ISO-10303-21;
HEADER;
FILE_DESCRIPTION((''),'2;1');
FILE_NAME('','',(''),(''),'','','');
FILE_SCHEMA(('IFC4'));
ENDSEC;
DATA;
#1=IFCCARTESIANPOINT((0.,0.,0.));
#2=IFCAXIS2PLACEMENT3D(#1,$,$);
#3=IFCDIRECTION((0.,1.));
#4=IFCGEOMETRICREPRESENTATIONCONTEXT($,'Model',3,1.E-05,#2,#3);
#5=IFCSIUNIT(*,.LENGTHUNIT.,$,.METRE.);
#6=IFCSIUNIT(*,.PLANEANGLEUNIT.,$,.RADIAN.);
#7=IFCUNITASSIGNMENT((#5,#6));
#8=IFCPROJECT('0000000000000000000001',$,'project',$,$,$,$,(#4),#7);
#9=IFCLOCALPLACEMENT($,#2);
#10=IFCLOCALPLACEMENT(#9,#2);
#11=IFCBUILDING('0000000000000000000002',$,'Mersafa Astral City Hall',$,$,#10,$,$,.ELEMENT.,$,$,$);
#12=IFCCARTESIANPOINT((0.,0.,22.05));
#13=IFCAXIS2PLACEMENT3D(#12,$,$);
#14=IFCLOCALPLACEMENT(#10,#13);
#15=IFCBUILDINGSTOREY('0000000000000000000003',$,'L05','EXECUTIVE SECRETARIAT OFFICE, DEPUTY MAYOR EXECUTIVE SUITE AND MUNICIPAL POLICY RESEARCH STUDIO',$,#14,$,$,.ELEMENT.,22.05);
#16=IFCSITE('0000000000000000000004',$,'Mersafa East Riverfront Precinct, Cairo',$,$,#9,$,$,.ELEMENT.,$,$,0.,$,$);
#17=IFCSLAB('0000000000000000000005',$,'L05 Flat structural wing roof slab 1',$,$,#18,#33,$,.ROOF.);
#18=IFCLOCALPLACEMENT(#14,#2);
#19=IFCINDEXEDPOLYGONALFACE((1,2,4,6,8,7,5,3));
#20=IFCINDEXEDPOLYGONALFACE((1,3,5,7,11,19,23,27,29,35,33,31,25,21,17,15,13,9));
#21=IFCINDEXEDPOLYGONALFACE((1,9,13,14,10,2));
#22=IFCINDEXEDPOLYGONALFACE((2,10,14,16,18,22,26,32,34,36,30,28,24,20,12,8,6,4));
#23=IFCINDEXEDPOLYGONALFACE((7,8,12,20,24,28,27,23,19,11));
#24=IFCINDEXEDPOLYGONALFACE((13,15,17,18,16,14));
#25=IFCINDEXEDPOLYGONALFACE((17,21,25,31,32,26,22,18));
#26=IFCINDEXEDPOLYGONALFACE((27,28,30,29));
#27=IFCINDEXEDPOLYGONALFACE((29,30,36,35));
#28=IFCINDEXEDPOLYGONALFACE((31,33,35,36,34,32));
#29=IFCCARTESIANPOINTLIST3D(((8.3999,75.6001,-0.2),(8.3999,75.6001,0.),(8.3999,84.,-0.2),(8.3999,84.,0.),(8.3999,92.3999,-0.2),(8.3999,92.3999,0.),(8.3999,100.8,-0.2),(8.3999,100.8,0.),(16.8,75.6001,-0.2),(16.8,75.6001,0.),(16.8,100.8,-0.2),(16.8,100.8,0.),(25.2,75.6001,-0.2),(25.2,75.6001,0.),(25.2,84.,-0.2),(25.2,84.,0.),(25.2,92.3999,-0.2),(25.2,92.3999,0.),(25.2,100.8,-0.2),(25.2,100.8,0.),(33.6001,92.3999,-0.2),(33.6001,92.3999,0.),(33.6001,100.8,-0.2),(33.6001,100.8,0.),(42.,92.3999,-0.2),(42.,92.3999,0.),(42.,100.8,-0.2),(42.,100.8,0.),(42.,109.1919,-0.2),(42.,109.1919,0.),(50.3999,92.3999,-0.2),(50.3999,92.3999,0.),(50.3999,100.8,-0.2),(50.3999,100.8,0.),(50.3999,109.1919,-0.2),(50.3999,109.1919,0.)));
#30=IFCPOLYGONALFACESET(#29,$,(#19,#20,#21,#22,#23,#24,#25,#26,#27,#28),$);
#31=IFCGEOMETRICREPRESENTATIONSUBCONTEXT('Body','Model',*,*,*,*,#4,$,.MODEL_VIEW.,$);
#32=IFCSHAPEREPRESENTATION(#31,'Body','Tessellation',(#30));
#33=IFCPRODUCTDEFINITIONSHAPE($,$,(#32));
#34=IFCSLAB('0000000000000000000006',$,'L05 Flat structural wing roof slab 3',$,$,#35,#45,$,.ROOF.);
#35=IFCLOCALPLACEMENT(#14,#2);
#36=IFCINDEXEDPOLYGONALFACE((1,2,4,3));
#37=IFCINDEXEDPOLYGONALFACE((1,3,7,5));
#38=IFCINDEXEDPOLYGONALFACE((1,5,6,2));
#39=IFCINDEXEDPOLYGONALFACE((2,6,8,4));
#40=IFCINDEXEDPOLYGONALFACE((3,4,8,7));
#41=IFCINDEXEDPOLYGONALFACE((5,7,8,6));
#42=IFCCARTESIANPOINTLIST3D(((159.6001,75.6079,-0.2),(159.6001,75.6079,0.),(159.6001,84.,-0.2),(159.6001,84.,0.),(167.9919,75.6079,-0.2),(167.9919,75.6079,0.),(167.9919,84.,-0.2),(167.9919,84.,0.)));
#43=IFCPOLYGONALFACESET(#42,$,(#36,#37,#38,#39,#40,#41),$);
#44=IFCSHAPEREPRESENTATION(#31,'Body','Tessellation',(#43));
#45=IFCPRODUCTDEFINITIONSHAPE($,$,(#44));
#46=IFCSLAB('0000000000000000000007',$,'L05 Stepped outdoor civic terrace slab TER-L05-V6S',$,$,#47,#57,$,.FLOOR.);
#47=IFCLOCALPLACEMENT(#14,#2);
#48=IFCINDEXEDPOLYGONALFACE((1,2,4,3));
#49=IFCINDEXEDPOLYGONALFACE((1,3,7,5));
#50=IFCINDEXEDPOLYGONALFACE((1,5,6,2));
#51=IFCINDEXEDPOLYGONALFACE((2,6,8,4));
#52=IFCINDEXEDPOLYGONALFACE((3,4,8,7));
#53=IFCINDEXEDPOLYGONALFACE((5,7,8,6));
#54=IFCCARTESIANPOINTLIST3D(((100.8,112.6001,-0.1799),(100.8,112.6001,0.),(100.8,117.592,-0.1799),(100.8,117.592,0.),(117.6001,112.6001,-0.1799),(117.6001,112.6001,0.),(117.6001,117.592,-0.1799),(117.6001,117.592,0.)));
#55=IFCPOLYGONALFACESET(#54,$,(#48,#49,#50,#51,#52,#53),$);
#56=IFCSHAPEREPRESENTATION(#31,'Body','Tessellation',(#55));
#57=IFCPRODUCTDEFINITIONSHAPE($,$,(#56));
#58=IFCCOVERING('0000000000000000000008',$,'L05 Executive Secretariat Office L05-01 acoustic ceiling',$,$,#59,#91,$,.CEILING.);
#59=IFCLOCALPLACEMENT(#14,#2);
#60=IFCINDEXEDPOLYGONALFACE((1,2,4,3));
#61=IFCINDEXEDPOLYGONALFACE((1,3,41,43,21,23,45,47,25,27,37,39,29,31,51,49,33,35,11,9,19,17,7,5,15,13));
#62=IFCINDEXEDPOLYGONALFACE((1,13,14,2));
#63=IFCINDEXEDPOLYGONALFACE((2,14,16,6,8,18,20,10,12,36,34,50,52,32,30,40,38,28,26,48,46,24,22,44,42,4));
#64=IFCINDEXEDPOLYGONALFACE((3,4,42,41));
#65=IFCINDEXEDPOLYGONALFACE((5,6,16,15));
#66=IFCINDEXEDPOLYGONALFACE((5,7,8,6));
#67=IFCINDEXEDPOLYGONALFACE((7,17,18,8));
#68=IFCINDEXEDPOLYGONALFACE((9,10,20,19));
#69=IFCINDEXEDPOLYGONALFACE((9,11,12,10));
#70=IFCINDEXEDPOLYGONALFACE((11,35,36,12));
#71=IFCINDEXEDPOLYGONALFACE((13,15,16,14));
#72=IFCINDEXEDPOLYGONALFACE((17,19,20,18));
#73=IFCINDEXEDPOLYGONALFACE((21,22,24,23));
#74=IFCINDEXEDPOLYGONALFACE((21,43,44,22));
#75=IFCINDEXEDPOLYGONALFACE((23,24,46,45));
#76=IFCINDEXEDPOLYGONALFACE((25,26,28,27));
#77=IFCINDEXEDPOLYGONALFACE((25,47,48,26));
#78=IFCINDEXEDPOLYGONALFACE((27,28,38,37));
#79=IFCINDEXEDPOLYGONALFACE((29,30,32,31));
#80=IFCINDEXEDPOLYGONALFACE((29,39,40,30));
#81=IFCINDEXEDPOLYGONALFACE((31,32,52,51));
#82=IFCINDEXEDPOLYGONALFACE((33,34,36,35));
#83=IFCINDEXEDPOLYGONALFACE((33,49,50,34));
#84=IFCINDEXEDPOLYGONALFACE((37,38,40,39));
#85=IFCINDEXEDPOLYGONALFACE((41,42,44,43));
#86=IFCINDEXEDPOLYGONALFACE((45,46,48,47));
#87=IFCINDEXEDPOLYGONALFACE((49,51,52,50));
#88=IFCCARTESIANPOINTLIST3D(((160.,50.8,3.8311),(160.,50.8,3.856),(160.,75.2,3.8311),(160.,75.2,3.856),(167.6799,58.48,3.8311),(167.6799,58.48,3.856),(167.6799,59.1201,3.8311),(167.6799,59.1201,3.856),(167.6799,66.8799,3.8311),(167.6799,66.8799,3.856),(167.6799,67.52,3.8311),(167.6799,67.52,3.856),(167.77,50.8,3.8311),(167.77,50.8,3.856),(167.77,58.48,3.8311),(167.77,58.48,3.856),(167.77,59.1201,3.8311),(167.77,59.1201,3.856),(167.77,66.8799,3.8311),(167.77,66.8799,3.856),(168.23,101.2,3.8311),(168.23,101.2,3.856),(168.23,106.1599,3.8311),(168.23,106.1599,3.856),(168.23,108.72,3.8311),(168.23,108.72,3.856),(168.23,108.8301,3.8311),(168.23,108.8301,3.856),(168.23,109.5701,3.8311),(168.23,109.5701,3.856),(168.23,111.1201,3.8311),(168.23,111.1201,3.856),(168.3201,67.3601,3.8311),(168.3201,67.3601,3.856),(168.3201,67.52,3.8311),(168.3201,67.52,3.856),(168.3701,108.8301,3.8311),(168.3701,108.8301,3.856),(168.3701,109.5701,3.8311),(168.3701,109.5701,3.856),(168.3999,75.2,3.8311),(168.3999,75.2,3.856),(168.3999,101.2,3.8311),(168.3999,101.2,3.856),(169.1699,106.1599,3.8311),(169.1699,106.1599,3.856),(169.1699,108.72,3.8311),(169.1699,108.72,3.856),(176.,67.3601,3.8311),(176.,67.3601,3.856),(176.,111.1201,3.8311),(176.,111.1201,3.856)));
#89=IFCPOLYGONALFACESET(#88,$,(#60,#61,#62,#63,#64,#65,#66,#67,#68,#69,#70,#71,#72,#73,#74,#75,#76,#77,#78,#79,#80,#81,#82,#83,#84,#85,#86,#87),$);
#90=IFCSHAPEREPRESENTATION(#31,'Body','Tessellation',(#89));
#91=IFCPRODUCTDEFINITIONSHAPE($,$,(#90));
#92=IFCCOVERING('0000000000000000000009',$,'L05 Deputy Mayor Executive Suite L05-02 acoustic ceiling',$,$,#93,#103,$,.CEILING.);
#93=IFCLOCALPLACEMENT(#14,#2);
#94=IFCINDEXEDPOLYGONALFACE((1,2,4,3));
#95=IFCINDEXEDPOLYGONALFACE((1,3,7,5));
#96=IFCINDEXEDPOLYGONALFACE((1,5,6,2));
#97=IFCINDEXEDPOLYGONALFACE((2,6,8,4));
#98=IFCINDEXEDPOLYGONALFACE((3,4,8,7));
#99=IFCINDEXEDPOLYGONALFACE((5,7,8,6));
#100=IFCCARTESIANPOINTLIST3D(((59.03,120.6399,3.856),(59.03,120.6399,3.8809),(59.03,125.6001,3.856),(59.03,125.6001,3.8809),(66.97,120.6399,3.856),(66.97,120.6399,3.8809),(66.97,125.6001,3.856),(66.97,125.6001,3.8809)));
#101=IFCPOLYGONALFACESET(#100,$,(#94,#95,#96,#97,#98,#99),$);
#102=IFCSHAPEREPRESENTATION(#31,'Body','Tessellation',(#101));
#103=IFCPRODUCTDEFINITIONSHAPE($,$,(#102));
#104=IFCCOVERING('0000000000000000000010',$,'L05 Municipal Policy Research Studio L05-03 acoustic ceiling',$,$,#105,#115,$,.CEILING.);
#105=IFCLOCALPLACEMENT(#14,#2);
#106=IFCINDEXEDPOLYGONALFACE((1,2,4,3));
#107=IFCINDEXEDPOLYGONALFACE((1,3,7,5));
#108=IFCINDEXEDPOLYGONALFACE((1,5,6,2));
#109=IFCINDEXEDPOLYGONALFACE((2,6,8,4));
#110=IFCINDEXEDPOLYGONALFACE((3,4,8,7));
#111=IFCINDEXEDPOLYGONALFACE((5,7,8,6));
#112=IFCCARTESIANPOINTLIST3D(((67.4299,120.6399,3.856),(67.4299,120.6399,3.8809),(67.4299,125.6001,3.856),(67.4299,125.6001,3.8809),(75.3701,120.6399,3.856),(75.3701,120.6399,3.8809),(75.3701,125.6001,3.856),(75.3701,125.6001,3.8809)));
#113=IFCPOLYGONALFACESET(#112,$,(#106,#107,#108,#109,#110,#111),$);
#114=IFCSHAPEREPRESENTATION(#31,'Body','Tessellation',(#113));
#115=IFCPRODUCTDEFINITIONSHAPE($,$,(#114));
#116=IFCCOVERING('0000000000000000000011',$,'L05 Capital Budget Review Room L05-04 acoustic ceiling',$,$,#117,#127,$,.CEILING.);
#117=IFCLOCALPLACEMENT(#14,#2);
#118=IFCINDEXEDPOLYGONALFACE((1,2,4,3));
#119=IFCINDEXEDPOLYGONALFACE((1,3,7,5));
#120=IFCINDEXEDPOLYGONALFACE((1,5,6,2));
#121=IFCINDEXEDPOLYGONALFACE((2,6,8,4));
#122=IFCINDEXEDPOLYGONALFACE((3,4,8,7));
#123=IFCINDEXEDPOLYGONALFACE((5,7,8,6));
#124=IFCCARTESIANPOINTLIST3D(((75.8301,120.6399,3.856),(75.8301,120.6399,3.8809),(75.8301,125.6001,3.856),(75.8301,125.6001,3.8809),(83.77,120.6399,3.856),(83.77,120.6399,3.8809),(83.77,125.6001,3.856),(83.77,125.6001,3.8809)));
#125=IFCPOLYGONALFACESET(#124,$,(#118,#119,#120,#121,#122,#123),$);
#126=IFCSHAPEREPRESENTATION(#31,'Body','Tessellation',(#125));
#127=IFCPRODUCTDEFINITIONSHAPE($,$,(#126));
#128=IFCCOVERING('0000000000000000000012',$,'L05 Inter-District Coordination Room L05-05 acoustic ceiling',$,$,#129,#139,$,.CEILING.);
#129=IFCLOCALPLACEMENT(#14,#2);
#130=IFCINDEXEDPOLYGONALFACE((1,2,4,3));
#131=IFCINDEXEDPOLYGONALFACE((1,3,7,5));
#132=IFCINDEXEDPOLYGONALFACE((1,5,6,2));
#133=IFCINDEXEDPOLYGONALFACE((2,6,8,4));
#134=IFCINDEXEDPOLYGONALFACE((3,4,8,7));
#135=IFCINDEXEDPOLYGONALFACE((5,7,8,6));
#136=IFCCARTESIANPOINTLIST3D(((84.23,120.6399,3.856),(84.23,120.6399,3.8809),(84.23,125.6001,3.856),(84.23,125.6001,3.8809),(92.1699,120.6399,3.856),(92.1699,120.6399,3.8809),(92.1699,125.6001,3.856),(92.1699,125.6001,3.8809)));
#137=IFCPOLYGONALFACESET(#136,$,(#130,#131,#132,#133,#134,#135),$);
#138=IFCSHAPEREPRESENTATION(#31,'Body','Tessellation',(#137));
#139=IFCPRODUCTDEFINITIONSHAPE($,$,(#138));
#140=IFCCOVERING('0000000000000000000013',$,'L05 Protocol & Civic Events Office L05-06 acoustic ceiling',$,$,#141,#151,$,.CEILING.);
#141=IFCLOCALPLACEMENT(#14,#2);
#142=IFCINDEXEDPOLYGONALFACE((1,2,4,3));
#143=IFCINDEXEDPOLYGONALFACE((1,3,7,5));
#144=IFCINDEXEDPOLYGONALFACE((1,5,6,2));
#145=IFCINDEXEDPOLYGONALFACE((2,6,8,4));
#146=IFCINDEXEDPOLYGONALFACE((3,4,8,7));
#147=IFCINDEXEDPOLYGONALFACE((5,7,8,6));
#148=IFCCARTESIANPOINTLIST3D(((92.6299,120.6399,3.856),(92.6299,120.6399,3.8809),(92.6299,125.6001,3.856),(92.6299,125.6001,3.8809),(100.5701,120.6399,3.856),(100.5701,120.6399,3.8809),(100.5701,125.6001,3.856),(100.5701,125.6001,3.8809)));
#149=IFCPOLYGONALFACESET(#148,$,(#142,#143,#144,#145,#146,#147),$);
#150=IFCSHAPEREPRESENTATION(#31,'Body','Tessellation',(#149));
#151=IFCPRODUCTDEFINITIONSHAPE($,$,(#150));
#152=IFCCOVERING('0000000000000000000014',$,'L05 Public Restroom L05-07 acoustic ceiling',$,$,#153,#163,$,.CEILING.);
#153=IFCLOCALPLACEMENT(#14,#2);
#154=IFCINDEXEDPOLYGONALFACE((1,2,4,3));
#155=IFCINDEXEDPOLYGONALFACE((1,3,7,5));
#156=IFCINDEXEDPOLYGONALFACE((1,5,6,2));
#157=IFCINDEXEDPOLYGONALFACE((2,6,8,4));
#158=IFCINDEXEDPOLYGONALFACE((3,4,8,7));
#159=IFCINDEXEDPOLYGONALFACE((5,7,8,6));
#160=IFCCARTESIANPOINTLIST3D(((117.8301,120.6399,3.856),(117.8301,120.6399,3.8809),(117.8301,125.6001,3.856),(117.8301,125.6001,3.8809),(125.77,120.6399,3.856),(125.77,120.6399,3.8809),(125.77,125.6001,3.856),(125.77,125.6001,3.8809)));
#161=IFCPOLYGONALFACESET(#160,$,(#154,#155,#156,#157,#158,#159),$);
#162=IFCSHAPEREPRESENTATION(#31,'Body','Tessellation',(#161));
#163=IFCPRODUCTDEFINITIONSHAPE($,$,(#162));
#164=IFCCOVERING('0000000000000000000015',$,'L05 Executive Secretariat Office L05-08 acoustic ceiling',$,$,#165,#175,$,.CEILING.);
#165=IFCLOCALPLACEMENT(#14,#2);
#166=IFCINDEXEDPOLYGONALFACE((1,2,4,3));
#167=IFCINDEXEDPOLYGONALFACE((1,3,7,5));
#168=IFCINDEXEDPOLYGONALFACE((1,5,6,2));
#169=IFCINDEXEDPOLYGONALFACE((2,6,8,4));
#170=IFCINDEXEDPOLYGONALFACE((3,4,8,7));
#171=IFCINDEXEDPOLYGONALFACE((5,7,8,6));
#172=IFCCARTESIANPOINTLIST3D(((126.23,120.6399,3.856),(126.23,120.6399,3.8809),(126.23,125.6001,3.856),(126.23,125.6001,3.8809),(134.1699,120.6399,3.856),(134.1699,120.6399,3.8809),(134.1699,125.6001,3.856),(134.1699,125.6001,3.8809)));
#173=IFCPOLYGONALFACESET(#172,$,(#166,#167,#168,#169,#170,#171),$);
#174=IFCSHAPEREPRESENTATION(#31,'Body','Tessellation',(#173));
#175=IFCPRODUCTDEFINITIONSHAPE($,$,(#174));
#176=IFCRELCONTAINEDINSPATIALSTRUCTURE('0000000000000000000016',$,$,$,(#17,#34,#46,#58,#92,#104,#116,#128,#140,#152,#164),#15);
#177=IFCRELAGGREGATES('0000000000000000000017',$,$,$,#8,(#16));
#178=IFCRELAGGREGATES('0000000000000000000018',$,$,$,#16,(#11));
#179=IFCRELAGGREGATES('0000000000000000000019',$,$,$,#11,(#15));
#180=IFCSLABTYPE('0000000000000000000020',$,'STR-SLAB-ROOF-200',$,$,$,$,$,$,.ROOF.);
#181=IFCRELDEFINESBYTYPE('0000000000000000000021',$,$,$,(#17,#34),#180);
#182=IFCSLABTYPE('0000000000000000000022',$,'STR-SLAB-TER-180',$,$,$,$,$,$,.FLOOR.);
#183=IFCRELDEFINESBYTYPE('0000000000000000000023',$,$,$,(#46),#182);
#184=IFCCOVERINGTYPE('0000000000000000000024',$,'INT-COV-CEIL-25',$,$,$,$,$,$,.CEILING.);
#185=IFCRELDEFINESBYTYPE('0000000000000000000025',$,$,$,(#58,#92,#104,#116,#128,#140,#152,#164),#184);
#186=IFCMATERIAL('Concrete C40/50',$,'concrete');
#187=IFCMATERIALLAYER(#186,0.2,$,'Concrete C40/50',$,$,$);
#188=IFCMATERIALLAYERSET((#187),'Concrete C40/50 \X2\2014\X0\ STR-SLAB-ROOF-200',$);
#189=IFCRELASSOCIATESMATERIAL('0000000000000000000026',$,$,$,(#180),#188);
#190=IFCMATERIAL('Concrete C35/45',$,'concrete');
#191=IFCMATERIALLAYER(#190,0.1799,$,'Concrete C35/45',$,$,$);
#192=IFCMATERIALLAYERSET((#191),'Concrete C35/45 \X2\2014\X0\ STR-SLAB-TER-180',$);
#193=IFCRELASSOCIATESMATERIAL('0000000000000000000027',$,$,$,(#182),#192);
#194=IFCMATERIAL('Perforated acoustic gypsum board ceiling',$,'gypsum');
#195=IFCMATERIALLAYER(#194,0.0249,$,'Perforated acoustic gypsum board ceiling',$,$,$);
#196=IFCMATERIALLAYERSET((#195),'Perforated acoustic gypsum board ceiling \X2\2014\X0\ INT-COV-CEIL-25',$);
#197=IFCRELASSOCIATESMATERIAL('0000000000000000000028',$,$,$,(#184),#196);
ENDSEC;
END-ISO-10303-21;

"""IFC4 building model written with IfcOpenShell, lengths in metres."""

from ifc_helpers import new_model, si_unit, direction, frame, origin, place, context, subcontext, project, spatial, polyline, outline, extrude, material, layer, layer_set, type_object, element, save


model = new_model("IFC4")

# Units and contexts
model_context = context("Model", 3, precision=1e-05, world=origin(), true_north=direction((0.0, 1.0)))
body_context = subcontext(model_context, "Body", "Model", "MODEL_VIEW")
ifc_project = project(units=[si_unit("LENGTHUNIT", "METRE"), si_unit("PLANEANGLEUNIT", "RADIAN")], contexts=[model_context])

# Site, building, storey
site_placement = place(None, origin())
site = spatial("IfcSite", under=ifc_project, at=site_placement, Name="Mersafa East Riverfront Precinct, Cairo", CompositionType="ELEMENT", RefElevation=0.0)
building_placement = place(site_placement, origin())
building = spatial("IfcBuilding", under=site, at=building_placement, Name="Mersafa Astral City Hall", CompositionType="ELEMENT")
storey_placement = place(building_placement, frame((0.0, 0.0, 22.05)))
storey = spatial("IfcBuildingStorey", under=building, at=storey_placement, Name="L05", Description="EXECUTIVE SECRETARIAT OFFICE, DEPUTY MAYOR EXECUTIVE SUITE AND MUNICIPAL POLICY RESEARCH STUDIO", CompositionType="ELEMENT", Elevation=22.05)

# Shared definitions
ifc_material_1 = material(Name="Concrete C40/50", Category="concrete")

# Slabs
ifc_material_2 = material(Name="Concrete C35/45", Category="concrete")
ifc_layer_1 = layer(ifc_material_1, 0.2, Name="Concrete C40/50")
ifc_layer_set_1 = layer_set([ifc_layer_1], Name="Concrete C40/50 — STR-SLAB-ROOF-200")
slab_type_1 = type_object("IfcSlabType", Name="STR-SLAB-ROOF-200", PredefinedType="ROOF", material=ifc_layer_set_1)
slab_1_placement = place(storey_placement, frame((0.0, 0.0, -0.2)))
element("IfcSlab", 1, at=slab_1_placement, inside=storey, type_object=slab_type_1, Name="L05 Flat structural wing roof slab 1", PredefinedType="ROOF", context=body_context, shape_type="SweptSolid", body=[
    extrude(outline(polyline([(50.3999, 100.8), (50.3999, 92.3999), (42.0, 92.3999), (33.6001, 92.3999), (25.2, 92.3999), (25.2, 84.0), (25.2, 75.6001), (16.8, 75.6001), (8.3999, 75.6001), (8.3999, 84.0), (8.3999, 92.3999), (8.3999, 100.8), (16.8, 100.8), (25.2, 100.8), (33.6001, 100.8), (42.0, 100.8), (42.0, 109.1919), (50.3999, 109.1919), (50.3999, 100.8)])), origin(), (0.0, 0.0, 1.0), 0.2),
])
slab_2_placement = place(storey_placement, frame((0.0, 0.0, -0.2)))
element("IfcSlab", 2, at=slab_2_placement, inside=storey, type_object=slab_type_1, Name="L05 Flat structural wing roof slab 3", PredefinedType="ROOF", context=body_context, shape_type="SweptSolid", body=[
    extrude(outline(polyline([(167.9919, 84.0), (167.9919, 75.6079), (159.6001, 75.6079), (159.6001, 84.0), (167.9919, 84.0)])), origin(), (0.0, 0.0, 1.0), 0.2),
])
ifc_layer_2 = layer(ifc_material_2, 0.1799, Name="Concrete C35/45")
ifc_layer_set_2 = layer_set([ifc_layer_2], Name="Concrete C35/45 — STR-SLAB-TER-180")
slab_type_2 = type_object("IfcSlabType", Name="STR-SLAB-TER-180", PredefinedType="FLOOR", material=ifc_layer_set_2)
slab_3_placement = place(storey_placement, frame((0.0, 0.0, -0.1799)))
element("IfcSlab", 3, at=slab_3_placement, inside=storey, type_object=slab_type_2, Name="L05 Stepped outdoor civic terrace slab TER-L05-V6S", PredefinedType="FLOOR", context=body_context, shape_type="SweptSolid", body=[
    extrude(outline(polyline([(117.6001, 112.6001), (100.8, 112.6001), (100.8, 117.592), (117.6001, 117.592), (117.6001, 112.6001)])), origin(), (0.0, 0.0, 1.0), 0.1799),
])

# Coverings
ifc_material_3 = material(Name="Perforated acoustic gypsum board ceiling", Category="gypsum")
ifc_layer_3 = layer(ifc_material_3, 0.0249, Name="Perforated acoustic gypsum board ceiling")
ifc_layer_set_3 = layer_set([ifc_layer_3], Name="Perforated acoustic gypsum board ceiling — INT-COV-CEIL-25")
covering_type_1 = type_object("IfcCoveringType", Name="INT-COV-CEIL-25", PredefinedType="CEILING", material=ifc_layer_set_3)
covering_1_placement = place(storey_placement, frame((0.0, 0.0, 3.8311)))
element("IfcCovering", 4, at=covering_1_placement, inside=storey, type_object=covering_type_1, Name="L05 Executive Secretariat Office L05-01 acoustic ceiling", PredefinedType="CEILING", context=body_context, shape_type="SweptSolid", body=[
    extrude(outline(polyline([(167.77, 50.8), (160.0, 50.8), (160.0, 75.2), (168.3999, 75.2), (168.3999, 101.2), (168.23, 101.2), (168.23, 106.1599), (169.1699, 106.1599), (169.1699, 108.72), (168.23, 108.72), (168.23, 108.8301), (168.3701, 108.8301), (168.3701, 109.5701), (168.23, 109.5701), (168.23, 111.1201), (176.0, 111.1201), (176.0, 67.3601), (168.3201, 67.3601), (168.3201, 67.52), (167.6799, 67.52), (167.6799, 66.8799), (167.77, 66.8799), (167.77, 59.1201), (167.6799, 59.1201), (167.6799, 58.48), (167.77, 58.48), (167.77, 50.8)])), origin(), (0.0, 0.0, 1.0), 0.0249),
])
covering_2_placement = place(storey_placement, frame((0.0, 0.0, 3.856)))
element("IfcCovering", 5, at=covering_2_placement, inside=storey, type_object=covering_type_1, Name="L05 Deputy Mayor Executive Suite L05-02 acoustic ceiling", PredefinedType="CEILING", context=body_context, shape_type="SweptSolid", body=[
    extrude(outline(polyline([(59.03, 120.6399), (59.03, 125.6001), (66.97, 125.6001), (66.97, 120.6399), (59.03, 120.6399)])), origin(), (0.0, 0.0, 1.0), 0.0249),
])
covering_3_placement = place(storey_placement, frame((0.0, 0.0, 3.856)))
element("IfcCovering", 6, at=covering_3_placement, inside=storey, type_object=covering_type_1, Name="L05 Municipal Policy Research Studio L05-03 acoustic ceiling", PredefinedType="CEILING", context=body_context, shape_type="SweptSolid", body=[
    extrude(outline(polyline([(67.4299, 120.6399), (67.4299, 125.6001), (75.3701, 125.6001), (75.3701, 120.6399), (67.4299, 120.6399)])), origin(), (0.0, 0.0, 1.0), 0.0249),
])
covering_4_placement = place(storey_placement, frame((0.0, 0.0, 3.856)))
element("IfcCovering", 7, at=covering_4_placement, inside=storey, type_object=covering_type_1, Name="L05 Capital Budget Review Room L05-04 acoustic ceiling", PredefinedType="CEILING", context=body_context, shape_type="SweptSolid", body=[
    extrude(outline(polyline([(75.8301, 120.6399), (75.8301, 125.6001), (83.77, 125.6001), (83.77, 120.6399), (75.8301, 120.6399)])), origin(), (0.0, 0.0, 1.0), 0.0249),
])
covering_5_placement = place(storey_placement, frame((0.0, 0.0, 3.856)))
element("IfcCovering", 8, at=covering_5_placement, inside=storey, type_object=covering_type_1, Name="L05 Inter-District Coordination Room L05-05 acoustic ceiling", PredefinedType="CEILING", context=body_context, shape_type="SweptSolid", body=[
    extrude(outline(polyline([(84.23, 120.6399), (84.23, 125.6001), (92.1699, 125.6001), (92.1699, 120.6399), (84.23, 120.6399)])), origin(), (0.0, 0.0, 1.0), 0.0249),
])
covering_6_placement = place(storey_placement, frame((0.0, 0.0, 3.856)))
element("IfcCovering", 9, at=covering_6_placement, inside=storey, type_object=covering_type_1, Name="L05 Protocol & Civic Events Office L05-06 acoustic ceiling", PredefinedType="CEILING", context=body_context, shape_type="SweptSolid", body=[
    extrude(outline(polyline([(92.6299, 120.6399), (92.6299, 125.6001), (100.5701, 125.6001), (100.5701, 120.6399), (92.6299, 120.6399)])), origin(), (0.0, 0.0, 1.0), 0.0249),
])
covering_7_placement = place(storey_placement, frame((0.0, 0.0, 3.856)))
element("IfcCovering", 10, at=covering_7_placement, inside=storey, type_object=covering_type_1, Name="L05 Public Restroom L05-07 acoustic ceiling", PredefinedType="CEILING", context=body_context, shape_type="SweptSolid", body=[
    extrude(outline(polyline([(125.77, 125.6001), (125.77, 120.6399), (117.8301, 120.6399), (117.8301, 125.6001), (125.77, 125.6001)])), origin(), (0.0, 0.0, 1.0), 0.0249),
])
covering_8_placement = place(storey_placement, frame((0.0, 0.0, 3.856)))
element("IfcCovering", 11, at=covering_8_placement, inside=storey, type_object=covering_type_1, Name="L05 Executive Secretariat Office L05-08 acoustic ceiling", PredefinedType="CEILING", context=body_context, shape_type="SweptSolid", body=[
    extrude(outline(polyline([(134.1699, 125.6001), (134.1699, 120.6399), (126.23, 120.6399), (126.23, 125.6001), (134.1699, 125.6001)])), origin(), (0.0, 0.0, 1.0), 0.0249),
])

save(model, "model.ifc")
